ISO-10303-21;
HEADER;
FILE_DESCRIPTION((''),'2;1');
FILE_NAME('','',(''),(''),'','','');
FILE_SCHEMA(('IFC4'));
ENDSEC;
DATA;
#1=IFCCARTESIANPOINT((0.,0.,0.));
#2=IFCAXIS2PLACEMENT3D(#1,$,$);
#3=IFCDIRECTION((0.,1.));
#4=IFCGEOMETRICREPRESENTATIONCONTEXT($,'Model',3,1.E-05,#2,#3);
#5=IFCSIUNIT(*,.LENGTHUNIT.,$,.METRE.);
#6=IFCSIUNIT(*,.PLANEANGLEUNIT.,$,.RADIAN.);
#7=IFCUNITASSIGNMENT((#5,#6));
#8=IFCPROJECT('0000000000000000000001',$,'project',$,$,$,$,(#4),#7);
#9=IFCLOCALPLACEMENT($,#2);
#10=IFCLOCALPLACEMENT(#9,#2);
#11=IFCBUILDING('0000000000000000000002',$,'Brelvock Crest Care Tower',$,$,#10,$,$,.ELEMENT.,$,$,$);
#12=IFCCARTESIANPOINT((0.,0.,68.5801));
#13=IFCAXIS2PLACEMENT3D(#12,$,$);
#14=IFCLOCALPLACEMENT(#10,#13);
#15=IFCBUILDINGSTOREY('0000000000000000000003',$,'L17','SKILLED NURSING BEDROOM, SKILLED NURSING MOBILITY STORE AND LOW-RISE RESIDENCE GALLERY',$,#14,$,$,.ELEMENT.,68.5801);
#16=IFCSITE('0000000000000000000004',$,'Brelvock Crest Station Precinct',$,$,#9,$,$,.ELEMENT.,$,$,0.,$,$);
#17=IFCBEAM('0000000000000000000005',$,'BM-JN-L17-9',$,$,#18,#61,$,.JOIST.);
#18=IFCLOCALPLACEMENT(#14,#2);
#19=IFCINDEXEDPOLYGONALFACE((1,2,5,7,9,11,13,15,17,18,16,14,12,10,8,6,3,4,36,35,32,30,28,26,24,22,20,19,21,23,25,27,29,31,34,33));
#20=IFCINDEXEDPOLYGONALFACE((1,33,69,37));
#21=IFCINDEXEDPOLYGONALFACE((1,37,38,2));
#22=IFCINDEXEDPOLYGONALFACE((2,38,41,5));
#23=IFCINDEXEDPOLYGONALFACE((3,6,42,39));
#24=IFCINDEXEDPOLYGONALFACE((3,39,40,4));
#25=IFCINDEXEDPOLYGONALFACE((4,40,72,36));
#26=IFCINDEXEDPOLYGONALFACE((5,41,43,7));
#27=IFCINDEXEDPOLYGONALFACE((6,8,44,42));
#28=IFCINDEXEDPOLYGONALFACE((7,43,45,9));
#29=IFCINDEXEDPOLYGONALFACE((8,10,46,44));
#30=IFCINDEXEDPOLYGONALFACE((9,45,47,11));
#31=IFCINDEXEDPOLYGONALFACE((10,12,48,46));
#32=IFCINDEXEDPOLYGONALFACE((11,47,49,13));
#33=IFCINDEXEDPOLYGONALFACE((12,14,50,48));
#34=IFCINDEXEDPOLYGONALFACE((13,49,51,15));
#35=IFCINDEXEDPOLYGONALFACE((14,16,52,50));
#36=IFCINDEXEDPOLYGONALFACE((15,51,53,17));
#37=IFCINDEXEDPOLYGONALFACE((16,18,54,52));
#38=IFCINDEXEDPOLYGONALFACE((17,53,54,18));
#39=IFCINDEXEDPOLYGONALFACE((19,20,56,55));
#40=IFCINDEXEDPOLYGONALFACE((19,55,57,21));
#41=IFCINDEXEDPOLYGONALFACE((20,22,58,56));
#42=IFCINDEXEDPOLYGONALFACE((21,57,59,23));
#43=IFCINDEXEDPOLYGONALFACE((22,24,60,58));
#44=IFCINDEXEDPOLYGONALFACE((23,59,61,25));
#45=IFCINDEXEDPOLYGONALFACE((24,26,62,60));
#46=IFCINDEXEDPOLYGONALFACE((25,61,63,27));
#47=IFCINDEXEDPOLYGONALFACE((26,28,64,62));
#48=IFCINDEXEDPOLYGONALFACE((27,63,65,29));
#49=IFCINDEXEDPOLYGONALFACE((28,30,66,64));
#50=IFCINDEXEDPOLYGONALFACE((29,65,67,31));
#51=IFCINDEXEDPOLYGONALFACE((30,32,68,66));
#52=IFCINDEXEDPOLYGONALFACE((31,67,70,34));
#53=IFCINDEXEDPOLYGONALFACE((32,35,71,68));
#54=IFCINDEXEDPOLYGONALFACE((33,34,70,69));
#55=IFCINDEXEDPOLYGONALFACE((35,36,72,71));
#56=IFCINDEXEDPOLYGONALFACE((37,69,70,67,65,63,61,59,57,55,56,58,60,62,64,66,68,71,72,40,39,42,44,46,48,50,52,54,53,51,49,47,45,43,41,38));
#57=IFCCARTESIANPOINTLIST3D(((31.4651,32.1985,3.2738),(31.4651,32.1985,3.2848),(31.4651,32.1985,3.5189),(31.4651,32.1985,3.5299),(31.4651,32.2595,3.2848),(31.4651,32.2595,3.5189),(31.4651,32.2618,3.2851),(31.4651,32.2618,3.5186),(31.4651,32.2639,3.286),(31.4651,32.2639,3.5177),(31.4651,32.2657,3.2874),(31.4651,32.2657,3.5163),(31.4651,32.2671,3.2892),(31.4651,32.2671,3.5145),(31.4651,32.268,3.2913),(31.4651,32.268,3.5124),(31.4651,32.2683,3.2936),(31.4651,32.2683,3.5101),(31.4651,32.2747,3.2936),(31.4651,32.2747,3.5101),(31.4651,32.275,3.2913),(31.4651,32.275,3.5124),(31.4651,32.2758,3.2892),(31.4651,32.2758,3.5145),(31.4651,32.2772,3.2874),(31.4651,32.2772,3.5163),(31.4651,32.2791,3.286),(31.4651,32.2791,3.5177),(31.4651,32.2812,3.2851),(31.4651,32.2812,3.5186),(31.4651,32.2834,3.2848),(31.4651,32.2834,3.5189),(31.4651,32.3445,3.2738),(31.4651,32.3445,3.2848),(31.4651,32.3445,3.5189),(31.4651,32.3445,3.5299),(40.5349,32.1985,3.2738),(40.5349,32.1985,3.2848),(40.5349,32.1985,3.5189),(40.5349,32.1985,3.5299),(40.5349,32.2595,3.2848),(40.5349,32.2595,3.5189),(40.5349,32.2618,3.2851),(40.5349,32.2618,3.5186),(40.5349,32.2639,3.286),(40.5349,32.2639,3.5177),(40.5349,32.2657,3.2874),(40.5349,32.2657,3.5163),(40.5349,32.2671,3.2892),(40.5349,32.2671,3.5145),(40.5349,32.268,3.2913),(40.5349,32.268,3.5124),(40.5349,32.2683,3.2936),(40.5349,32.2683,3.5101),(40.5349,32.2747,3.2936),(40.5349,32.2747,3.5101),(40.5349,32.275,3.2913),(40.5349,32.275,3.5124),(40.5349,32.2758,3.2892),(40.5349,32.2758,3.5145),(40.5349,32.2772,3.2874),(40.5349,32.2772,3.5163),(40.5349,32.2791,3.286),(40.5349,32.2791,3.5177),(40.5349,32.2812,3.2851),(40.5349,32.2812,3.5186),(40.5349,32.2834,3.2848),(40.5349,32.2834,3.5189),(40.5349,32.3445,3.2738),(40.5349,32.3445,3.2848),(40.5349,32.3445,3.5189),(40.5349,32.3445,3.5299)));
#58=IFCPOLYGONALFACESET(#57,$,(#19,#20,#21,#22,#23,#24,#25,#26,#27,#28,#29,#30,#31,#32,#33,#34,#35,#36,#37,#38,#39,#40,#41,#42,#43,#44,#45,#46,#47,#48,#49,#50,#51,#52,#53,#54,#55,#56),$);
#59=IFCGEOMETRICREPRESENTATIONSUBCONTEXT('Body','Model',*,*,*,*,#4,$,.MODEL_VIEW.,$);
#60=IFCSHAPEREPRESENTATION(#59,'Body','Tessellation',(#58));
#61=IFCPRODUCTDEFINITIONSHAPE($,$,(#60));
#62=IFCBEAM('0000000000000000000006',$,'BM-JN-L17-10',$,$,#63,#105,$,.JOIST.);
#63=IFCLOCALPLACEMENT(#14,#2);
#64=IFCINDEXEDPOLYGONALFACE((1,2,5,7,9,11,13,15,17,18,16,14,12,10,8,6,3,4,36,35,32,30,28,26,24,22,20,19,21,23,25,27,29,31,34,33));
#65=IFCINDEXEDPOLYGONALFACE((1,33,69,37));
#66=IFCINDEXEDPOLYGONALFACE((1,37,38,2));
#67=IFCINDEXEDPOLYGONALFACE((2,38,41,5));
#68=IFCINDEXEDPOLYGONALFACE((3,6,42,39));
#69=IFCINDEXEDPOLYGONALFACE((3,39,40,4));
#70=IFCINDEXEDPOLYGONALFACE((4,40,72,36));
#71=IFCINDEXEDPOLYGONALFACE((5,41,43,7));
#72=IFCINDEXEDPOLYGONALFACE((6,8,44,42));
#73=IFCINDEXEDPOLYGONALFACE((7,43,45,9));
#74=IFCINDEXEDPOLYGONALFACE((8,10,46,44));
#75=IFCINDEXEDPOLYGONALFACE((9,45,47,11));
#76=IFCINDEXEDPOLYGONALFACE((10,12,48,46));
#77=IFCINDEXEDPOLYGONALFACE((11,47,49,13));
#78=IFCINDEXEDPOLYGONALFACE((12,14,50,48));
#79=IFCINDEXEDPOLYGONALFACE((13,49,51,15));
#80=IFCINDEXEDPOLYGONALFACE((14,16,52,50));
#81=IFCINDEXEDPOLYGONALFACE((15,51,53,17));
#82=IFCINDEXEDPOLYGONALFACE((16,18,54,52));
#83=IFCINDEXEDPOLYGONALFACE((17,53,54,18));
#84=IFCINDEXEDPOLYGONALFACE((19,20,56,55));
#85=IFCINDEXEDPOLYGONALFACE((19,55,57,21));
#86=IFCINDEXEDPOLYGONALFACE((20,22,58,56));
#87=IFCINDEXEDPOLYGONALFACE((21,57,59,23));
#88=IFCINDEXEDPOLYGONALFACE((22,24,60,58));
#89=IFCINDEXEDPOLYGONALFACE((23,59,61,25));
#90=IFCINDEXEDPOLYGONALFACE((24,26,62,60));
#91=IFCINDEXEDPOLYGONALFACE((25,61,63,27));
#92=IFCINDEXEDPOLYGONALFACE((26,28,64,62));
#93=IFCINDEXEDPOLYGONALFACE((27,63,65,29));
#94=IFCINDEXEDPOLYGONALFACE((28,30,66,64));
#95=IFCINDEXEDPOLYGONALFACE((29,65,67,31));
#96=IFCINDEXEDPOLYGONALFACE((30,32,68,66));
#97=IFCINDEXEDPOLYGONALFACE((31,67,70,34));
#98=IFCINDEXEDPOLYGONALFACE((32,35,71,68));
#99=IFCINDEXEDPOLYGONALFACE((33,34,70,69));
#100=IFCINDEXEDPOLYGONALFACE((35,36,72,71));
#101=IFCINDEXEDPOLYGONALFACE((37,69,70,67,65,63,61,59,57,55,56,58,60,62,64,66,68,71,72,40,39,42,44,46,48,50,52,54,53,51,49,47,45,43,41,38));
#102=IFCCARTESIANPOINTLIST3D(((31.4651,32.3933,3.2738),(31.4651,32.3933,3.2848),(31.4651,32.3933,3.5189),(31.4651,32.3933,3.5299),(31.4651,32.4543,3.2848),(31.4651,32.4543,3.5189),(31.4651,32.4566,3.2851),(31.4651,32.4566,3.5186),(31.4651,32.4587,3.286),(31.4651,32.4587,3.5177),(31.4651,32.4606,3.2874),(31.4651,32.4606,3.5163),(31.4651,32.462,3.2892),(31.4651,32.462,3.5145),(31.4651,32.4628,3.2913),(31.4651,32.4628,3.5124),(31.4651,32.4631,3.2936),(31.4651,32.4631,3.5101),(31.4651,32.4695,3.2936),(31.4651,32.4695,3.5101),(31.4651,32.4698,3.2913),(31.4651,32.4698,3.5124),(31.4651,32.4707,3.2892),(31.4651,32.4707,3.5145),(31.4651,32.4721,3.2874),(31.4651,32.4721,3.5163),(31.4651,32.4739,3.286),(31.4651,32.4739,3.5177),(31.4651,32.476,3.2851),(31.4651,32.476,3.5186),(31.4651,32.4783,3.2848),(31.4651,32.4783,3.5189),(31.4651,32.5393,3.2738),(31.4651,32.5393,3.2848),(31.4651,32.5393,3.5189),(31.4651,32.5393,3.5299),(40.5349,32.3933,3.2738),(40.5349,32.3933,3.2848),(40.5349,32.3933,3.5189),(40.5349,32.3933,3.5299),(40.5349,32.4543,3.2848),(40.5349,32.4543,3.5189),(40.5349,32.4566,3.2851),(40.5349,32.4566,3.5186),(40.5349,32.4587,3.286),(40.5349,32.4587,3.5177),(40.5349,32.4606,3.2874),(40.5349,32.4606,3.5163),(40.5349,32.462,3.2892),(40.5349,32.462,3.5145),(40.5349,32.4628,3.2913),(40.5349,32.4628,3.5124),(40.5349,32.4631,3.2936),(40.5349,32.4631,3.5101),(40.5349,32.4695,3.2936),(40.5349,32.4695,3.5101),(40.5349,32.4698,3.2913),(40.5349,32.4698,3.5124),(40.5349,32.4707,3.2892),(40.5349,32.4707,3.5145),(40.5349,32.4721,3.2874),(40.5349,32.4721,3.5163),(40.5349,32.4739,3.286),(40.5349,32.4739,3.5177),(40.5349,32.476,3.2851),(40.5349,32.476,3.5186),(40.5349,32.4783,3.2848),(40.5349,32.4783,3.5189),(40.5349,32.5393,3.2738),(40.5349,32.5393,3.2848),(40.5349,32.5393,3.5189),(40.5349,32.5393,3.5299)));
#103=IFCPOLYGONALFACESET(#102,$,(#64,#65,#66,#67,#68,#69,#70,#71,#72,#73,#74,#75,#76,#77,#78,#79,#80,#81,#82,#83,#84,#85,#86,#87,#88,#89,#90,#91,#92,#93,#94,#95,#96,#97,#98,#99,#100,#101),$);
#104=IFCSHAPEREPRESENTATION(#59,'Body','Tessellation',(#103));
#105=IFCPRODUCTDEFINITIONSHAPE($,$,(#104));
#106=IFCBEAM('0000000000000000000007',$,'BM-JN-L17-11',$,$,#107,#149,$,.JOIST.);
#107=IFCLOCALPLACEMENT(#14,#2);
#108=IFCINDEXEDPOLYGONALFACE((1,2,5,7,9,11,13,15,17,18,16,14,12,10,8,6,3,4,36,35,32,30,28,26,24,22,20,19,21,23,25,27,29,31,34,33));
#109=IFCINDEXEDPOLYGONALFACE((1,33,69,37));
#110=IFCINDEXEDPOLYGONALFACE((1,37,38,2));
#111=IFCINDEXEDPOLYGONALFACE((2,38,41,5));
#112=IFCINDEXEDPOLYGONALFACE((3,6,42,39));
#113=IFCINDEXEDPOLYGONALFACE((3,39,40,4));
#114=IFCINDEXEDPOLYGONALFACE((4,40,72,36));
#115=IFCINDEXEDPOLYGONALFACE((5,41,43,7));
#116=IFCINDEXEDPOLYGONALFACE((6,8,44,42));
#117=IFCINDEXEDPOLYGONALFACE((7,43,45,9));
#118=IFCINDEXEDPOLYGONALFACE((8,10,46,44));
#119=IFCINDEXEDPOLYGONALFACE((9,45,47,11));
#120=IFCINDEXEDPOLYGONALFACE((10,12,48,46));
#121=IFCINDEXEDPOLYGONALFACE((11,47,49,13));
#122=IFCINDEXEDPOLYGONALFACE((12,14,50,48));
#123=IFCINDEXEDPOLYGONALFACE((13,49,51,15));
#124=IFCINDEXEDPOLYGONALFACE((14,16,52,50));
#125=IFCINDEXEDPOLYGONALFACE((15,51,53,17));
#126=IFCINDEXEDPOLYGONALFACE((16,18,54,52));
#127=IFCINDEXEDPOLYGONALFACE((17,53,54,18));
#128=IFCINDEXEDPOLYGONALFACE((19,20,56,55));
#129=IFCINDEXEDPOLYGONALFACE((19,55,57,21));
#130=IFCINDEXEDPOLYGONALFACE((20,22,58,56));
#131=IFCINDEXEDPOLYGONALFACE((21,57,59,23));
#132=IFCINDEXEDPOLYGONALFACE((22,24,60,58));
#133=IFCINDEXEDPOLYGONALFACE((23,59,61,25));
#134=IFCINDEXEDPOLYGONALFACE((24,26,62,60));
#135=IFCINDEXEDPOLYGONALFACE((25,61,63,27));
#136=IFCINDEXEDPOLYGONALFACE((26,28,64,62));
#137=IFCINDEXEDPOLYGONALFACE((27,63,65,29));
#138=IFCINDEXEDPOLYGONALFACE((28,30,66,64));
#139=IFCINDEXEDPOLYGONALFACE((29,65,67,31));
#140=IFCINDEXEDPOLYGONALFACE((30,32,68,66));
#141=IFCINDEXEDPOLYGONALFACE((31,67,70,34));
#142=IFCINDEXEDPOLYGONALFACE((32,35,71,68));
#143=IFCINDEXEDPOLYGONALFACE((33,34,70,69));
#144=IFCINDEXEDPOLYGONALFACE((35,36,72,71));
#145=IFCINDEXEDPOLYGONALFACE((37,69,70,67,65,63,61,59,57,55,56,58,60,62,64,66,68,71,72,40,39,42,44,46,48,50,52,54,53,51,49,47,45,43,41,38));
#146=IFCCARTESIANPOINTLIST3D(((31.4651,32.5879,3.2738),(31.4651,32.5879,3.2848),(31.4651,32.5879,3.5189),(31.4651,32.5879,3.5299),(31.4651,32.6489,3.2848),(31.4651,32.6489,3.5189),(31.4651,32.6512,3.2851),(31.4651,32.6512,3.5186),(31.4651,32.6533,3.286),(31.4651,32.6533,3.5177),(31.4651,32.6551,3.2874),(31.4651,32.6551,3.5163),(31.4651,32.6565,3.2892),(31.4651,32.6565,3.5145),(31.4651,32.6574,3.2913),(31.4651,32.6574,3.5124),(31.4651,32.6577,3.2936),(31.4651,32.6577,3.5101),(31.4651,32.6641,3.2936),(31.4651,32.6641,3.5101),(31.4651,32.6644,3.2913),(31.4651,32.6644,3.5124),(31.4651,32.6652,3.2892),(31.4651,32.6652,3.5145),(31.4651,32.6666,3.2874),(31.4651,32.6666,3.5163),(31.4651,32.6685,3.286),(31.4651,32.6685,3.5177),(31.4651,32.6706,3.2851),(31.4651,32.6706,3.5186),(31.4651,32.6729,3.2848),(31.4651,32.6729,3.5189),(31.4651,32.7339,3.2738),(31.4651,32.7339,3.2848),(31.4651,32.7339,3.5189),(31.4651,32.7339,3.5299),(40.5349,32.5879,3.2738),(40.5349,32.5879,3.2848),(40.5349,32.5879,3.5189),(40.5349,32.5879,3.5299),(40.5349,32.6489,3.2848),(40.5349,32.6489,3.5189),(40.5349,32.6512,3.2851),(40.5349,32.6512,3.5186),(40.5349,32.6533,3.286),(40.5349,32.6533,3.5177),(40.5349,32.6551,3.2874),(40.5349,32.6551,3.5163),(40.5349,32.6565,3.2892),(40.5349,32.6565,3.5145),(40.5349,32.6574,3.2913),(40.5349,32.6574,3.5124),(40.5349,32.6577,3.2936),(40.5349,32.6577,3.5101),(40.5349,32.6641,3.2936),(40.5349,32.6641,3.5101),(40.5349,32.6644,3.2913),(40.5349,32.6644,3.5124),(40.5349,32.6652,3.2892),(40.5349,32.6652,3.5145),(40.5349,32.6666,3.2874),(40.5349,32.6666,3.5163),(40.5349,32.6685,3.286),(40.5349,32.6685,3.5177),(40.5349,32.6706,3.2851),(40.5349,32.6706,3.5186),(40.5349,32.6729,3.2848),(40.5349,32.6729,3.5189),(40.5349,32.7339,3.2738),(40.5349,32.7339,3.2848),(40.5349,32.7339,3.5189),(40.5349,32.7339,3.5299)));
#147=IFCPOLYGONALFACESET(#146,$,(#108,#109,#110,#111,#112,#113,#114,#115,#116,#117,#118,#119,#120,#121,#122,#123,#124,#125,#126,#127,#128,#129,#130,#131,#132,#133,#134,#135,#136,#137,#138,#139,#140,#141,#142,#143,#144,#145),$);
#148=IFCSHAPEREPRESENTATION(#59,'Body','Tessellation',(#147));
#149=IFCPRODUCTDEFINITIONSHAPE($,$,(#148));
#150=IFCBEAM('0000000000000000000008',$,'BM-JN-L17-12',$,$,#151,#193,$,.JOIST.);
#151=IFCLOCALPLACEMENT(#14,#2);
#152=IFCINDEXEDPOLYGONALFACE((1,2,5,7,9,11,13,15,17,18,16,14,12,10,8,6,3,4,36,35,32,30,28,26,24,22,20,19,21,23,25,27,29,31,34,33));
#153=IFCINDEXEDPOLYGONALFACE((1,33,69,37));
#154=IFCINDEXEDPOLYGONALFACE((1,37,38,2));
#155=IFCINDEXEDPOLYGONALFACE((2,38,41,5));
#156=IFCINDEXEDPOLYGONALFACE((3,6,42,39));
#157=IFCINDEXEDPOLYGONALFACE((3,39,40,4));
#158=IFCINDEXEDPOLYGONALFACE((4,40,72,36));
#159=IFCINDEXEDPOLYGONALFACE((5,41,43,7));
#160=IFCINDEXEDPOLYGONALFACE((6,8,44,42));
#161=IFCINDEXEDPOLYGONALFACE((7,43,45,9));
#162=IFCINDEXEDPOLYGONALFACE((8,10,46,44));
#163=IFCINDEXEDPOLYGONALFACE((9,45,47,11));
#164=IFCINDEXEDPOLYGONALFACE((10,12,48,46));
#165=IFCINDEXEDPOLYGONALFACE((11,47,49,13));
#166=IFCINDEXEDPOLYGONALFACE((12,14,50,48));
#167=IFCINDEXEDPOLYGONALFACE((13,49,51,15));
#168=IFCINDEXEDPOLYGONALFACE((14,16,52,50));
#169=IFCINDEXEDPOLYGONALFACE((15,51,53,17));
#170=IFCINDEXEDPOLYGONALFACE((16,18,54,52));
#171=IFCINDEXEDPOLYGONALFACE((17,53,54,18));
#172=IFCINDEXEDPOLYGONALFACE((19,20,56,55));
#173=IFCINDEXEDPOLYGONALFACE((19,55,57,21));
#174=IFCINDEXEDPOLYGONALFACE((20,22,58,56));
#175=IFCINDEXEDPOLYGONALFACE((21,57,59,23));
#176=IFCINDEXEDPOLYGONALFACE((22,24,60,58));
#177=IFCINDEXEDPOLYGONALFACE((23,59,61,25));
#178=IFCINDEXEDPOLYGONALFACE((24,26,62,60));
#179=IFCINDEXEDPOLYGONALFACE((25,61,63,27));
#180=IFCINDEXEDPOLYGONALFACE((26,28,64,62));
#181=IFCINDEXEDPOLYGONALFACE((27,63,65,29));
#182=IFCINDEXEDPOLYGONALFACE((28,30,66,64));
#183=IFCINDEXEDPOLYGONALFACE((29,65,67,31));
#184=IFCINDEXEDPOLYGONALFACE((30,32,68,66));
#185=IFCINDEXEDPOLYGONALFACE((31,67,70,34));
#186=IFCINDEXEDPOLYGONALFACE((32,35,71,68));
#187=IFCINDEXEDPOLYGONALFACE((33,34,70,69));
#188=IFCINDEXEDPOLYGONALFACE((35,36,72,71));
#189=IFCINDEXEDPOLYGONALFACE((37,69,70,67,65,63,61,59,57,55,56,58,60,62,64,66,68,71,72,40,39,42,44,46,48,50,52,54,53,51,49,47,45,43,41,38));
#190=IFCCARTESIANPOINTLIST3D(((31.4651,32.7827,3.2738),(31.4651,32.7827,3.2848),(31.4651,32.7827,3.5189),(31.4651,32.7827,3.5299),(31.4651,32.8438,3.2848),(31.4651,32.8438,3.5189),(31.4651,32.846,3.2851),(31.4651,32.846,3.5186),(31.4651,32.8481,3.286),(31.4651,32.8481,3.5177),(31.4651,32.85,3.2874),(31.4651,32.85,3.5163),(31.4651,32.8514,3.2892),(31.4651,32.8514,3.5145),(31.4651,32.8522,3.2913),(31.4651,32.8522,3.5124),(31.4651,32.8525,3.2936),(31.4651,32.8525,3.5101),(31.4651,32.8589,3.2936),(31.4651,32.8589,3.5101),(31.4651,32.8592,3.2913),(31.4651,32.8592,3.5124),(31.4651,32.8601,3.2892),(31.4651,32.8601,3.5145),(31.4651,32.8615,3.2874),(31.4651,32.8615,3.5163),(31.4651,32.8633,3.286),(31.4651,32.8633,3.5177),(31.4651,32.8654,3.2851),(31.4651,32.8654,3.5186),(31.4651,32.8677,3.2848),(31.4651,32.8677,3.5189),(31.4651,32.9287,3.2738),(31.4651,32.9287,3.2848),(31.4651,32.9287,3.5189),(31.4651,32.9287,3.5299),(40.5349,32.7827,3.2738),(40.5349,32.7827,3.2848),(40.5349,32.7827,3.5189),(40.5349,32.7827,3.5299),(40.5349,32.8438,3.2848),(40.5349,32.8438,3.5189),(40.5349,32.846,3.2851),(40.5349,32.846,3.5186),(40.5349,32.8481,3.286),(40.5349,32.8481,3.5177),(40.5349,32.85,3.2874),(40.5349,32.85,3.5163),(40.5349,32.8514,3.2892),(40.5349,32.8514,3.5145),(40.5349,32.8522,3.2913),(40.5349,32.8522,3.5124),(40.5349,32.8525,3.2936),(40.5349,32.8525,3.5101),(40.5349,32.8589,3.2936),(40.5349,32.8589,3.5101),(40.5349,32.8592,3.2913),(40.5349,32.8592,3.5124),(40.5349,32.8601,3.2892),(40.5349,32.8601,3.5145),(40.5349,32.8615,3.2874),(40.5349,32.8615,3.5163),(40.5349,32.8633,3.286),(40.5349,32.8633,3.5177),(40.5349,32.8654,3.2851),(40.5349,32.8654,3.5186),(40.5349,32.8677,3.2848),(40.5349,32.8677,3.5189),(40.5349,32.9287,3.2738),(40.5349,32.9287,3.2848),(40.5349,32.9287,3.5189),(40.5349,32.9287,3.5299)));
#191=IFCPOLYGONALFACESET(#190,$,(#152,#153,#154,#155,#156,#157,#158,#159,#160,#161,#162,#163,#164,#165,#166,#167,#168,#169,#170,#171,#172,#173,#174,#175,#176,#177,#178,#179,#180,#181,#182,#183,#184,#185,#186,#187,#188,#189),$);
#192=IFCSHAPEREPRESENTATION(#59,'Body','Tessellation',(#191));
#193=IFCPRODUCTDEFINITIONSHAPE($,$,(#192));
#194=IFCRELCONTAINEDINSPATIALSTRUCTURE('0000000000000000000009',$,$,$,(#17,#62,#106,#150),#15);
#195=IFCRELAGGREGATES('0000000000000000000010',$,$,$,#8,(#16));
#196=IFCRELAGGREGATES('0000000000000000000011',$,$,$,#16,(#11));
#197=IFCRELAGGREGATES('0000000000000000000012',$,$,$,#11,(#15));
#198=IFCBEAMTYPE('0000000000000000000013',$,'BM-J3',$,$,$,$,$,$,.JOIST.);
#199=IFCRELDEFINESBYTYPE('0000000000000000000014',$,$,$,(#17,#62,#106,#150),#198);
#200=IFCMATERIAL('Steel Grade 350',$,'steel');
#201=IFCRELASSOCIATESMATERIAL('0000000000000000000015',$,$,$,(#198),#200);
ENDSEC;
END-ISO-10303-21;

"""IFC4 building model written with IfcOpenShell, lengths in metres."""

from ifc_helpers import new_model, si_unit, direction, frame, origin, origin_2d, place, context, subcontext, project, spatial, i_section, extrude, source, transform, mapped, material, material_profile, profile_set, type_object, element, save


model = new_model("IFC4")

# Units and contexts
model_context = context("Model", 3, precision=1e-05, world=origin(), true_north=direction((0.0, 1.0)))
body_context = subcontext(model_context, "Body", "Model", "MODEL_VIEW")
ifc_project = project(units=[si_unit("LENGTHUNIT", "METRE"), si_unit("PLANEANGLEUNIT", "RADIAN")], contexts=[model_context])

# Site, building, storey
site_placement = place(None, origin())
site = spatial("IfcSite", under=ifc_project, at=site_placement, Name="Brelvock Crest Station Precinct", CompositionType="ELEMENT", RefElevation=0.0)
building_placement = place(site_placement, origin())
building = spatial("IfcBuilding", under=site, at=building_placement, Name="Brelvock Crest Care Tower", CompositionType="ELEMENT")
storey_placement = place(building_placement, frame((0.0, 0.0, 68.5801)))
storey = spatial("IfcBuildingStorey", under=building, at=storey_placement, Name="L17", Description="SKILLED NURSING BEDROOM, SKILLED NURSING MOBILITY STORE AND LOW-RISE RESIDENCE GALLERY", CompositionType="ELEMENT", Elevation=68.5801)

# Shared definitions
ifc_material_1 = material(Name="Steel Grade 350", Category="steel")

# Beams
ifc_material_profile_1 = material_profile(ifc_material_1, i_section(OverallWidth=0.146, OverallDepth=0.2561, WebThickness=0.0063, FlangeThickness=0.011, FilletRadius=0.0088, at=origin_2d()), Name="250UB37.3")
ifc_profile_set_1 = profile_set([ifc_material_profile_1], Name="Steel Grade 350")
beam_type_1 = type_object("IfcBeamType", Name="BM-J3", PredefinedType="JOIST", material=ifc_profile_set_1)
shared_shape_1 = source(origin(), body_context, "Body", "SweptSolid", [
    extrude(i_section(OverallWidth=0.146, OverallDepth=0.2561, WebThickness=0.0063, FlangeThickness=0.011, FilletRadius=0.0088, at=origin_2d()), origin(), (0.0, 0.0, 1.0), 9.0698),
])
for number, where, z_axis, x_axis, name in (
    (1, (31.4651, 32.2715, 3.4019), (1.0, 0.0, 0.0), (0.0, 1.0, 0.0), "BM-JN-L17-9"),
    (2, (31.4651, 32.4663, 3.4019), (1.0, 0.0, 0.0), (0.0, 1.0, 0.0), "BM-JN-L17-10"),
    (3, (31.4651, 32.6609, 3.4019), (1.0, 0.0, 0.0), (0.0, 1.0, 0.0), "BM-JN-L17-11"),
    (4, (31.4651, 32.8557, 3.4019), (1.0, 0.0, 0.0), (0.0, 1.0, 0.0), "BM-JN-L17-12"),
):
    element("IfcBeam", number, at=place(storey_placement, frame(where, z_axis=z_axis, x_axis=x_axis)), inside=storey, type_object=beam_type_1, Name=name, PredefinedType="JOIST", context=body_context, shape_type="MappedRepresentation", body=[
        mapped(shared_shape_1, transform((0.0, 0.0, 0.0), x_axis=(1.0, 0.0, 0.0), y_axis=(0.0, 1.0, 0.0), z_axis=(0.0, 0.0, 1.0), scale=1.0)),
    ])

save(model, "model.ifc")
